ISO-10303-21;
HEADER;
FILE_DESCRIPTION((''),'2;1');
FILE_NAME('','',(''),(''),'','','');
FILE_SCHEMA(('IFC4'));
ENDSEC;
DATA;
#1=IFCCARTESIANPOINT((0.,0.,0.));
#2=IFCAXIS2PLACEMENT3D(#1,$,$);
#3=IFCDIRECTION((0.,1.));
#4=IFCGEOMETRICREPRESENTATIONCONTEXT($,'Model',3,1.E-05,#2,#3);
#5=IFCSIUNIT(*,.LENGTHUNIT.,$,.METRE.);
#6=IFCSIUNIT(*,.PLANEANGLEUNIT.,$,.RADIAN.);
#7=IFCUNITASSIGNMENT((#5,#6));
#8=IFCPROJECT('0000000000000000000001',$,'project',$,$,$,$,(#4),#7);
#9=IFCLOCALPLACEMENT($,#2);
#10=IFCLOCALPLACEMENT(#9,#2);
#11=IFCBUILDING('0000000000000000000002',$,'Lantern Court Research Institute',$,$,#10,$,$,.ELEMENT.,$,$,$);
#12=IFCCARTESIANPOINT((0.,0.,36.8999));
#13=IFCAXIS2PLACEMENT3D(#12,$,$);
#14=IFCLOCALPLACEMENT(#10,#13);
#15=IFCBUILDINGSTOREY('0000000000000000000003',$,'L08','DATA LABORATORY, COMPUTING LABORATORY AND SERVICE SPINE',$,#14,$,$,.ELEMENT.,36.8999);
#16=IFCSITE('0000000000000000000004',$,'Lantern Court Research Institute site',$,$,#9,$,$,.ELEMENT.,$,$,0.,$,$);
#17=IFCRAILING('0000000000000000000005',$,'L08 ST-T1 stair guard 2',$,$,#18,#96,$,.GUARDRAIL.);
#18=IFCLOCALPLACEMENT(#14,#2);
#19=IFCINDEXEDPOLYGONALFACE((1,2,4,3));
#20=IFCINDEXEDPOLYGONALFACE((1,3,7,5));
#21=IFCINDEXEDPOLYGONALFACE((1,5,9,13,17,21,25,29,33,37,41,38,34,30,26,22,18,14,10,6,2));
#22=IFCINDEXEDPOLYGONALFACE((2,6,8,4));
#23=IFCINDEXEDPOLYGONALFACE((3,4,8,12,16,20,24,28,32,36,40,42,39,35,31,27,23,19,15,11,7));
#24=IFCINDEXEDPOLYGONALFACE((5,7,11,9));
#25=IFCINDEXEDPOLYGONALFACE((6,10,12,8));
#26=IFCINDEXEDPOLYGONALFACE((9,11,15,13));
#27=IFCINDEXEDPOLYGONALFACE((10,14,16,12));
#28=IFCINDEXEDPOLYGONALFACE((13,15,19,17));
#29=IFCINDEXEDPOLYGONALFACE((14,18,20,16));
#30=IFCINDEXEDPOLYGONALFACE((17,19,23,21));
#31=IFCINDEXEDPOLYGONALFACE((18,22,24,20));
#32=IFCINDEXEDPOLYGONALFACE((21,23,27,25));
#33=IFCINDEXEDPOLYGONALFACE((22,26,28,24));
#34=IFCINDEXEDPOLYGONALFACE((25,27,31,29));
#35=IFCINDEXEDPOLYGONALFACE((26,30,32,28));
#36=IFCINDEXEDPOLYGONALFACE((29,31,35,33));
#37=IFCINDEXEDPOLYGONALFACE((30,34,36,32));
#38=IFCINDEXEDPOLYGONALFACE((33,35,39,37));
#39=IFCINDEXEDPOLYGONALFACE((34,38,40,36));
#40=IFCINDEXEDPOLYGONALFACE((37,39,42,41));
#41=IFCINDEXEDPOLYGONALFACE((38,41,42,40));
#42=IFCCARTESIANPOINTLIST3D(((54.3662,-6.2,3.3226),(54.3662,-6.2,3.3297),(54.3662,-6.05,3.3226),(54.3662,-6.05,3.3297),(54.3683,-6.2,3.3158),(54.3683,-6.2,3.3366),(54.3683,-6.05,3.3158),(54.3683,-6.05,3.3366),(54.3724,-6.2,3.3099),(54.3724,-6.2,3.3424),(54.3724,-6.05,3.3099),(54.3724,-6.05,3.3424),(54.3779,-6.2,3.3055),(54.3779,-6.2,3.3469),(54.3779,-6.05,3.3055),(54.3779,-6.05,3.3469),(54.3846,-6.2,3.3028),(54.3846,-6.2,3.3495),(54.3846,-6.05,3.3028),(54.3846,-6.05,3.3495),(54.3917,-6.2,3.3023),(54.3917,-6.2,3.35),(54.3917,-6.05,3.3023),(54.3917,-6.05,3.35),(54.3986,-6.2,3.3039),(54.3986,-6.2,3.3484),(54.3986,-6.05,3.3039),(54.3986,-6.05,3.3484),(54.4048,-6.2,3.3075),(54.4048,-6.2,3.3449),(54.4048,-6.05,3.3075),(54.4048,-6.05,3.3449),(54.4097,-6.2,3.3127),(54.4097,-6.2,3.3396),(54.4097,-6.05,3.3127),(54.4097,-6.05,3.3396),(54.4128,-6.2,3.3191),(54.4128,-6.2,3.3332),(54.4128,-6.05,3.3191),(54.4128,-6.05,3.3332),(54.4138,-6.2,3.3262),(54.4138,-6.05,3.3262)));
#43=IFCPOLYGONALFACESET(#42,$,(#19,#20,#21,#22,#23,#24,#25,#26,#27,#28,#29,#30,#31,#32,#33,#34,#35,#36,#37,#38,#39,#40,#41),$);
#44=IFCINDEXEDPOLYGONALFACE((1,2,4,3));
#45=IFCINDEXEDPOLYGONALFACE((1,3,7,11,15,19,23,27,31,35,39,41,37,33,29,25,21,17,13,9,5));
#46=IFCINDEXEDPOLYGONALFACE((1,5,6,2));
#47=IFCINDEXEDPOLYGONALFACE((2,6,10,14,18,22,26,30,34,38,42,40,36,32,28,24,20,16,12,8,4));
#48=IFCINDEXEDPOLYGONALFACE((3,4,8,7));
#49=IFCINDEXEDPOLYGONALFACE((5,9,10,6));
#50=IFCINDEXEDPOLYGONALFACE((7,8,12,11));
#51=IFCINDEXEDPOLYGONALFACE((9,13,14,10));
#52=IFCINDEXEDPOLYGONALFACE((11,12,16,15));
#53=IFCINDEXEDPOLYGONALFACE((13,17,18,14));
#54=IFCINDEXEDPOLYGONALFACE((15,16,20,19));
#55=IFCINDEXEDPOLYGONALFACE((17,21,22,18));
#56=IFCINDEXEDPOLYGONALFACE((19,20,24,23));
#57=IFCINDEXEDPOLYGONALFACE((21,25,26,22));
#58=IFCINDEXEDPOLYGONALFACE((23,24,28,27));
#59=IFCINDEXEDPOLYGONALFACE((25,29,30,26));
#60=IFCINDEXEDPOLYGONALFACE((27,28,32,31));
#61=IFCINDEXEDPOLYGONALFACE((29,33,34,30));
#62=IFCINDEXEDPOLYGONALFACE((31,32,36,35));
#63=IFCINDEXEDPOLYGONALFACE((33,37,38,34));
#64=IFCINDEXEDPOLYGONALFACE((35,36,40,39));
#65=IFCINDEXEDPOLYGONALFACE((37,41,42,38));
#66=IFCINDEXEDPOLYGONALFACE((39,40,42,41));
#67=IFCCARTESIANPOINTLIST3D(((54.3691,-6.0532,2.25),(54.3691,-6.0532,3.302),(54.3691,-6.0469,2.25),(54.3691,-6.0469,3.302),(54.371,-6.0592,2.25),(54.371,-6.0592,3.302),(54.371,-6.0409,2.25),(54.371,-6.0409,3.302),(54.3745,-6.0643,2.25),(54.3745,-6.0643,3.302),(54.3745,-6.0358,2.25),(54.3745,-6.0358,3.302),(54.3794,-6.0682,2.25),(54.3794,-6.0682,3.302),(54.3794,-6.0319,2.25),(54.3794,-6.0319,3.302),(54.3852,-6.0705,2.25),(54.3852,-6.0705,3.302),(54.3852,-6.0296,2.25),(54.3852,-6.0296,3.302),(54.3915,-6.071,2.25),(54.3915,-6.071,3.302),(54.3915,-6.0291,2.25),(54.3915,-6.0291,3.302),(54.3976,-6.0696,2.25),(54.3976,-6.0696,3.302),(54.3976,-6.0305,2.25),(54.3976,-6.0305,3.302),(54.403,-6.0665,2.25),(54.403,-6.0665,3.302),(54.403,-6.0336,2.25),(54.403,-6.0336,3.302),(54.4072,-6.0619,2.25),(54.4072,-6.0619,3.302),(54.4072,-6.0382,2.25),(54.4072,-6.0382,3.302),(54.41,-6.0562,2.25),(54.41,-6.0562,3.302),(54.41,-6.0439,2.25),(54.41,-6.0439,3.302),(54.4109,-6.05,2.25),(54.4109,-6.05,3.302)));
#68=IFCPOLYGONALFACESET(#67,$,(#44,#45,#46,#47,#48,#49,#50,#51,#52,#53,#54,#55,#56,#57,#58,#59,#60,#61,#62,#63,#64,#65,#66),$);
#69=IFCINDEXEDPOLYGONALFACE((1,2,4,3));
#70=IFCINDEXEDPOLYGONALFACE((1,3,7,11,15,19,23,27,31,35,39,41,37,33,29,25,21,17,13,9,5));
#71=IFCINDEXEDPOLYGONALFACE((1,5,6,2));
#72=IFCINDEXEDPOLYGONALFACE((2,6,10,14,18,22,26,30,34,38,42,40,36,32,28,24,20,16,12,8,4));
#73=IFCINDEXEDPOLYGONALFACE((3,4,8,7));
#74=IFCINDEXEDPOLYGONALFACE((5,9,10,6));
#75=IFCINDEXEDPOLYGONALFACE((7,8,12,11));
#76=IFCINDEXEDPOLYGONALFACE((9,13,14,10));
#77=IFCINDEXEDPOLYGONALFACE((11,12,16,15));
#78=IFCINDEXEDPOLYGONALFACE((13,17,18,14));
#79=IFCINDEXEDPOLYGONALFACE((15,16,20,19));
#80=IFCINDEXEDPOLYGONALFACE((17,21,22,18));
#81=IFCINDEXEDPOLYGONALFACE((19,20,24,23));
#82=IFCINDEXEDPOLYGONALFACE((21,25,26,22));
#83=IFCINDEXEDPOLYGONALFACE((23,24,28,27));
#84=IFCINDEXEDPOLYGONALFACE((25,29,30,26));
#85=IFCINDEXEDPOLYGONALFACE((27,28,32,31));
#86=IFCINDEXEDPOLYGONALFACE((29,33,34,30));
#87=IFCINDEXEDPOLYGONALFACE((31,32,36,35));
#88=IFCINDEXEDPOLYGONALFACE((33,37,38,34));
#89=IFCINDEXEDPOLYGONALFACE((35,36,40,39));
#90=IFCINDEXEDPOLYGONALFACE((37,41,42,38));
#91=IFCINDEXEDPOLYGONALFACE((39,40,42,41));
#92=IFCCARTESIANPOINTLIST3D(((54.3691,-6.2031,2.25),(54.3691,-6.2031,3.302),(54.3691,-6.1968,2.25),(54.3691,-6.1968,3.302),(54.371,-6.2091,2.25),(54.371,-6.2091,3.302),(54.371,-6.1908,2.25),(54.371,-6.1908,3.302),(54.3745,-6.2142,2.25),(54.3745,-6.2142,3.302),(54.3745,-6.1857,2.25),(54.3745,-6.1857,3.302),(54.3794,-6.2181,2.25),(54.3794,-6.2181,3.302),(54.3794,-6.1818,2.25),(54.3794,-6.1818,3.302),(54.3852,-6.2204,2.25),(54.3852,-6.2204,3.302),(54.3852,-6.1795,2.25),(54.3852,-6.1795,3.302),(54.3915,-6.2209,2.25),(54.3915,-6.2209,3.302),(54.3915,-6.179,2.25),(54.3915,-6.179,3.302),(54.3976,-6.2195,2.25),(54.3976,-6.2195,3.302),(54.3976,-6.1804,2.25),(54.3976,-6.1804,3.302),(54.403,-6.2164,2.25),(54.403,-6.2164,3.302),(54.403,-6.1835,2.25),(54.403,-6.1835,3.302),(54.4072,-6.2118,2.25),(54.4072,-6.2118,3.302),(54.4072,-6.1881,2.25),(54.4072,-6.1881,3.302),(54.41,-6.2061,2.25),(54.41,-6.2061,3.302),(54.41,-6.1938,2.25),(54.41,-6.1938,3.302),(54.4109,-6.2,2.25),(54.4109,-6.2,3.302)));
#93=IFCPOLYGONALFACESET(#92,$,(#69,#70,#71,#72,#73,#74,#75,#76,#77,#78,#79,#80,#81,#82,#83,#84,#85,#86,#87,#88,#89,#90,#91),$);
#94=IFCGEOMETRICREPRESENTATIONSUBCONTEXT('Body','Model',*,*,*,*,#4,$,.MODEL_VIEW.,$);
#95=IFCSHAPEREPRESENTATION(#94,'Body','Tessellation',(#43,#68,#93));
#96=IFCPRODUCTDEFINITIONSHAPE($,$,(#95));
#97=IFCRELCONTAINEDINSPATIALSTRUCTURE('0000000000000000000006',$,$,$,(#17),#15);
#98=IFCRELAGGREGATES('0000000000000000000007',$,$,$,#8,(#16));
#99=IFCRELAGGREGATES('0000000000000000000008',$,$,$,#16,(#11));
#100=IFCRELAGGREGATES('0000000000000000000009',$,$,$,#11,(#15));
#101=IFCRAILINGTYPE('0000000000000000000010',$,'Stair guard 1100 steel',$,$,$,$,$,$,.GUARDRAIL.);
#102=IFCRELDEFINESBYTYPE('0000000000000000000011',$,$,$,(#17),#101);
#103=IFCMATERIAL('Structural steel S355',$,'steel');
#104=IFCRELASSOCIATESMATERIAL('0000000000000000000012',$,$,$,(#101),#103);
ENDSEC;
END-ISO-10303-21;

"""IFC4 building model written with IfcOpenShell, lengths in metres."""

from ifc_helpers import new_model, si_unit, direction, frame, origin, origin_2d, place, context, subcontext, project, spatial, circle, extrude, material, type_object, element, save


model = new_model("IFC4")

# Units and contexts
model_context = context("Model", 3, precision=1e-05, world=origin(), true_north=direction((0.0, 1.0)))
body_context = subcontext(model_context, "Body", "Model", "MODEL_VIEW")
ifc_project = project(units=[si_unit("LENGTHUNIT", "METRE"), si_unit("PLANEANGLEUNIT", "RADIAN")], contexts=[model_context])

# Site, building, storey
site_placement = place(None, origin())
site = spatial("IfcSite", under=ifc_project, at=site_placement, Name="Lantern Court Research Institute site", CompositionType="ELEMENT", RefElevation=0.0)
building_placement = place(site_placement, origin())
building = spatial("IfcBuilding", under=site, at=building_placement, Name="Lantern Court Research Institute", CompositionType="ELEMENT")
storey_placement = place(building_placement, frame((0.0, 0.0, 36.8999)))
storey = spatial("IfcBuildingStorey", under=building, at=storey_placement, Name="L08", Description="DATA LABORATORY, COMPUTING LABORATORY AND SERVICE SPINE", CompositionType="ELEMENT", Elevation=36.8999)

# Railing
ifc_material_1 = material(Name="Structural steel S355", Category="steel")
railing_type_1 = type_object("IfcRailingType", Name="Stair guard 1100 steel", PredefinedType="GUARDRAIL", material=ifc_material_1)
railing_1_placement = place(storey_placement, frame((54.3899, -6.05, 2.25)))
element("IfcRailing", 1, at=railing_1_placement, inside=storey, type_object=railing_type_1, Name="L08 ST-T1 stair guard 2", PredefinedType="GUARDRAIL", context=body_context, shape_type="SweptSolid", body=[
    extrude(circle(Radius=0.0239, at=origin_2d()), frame((0.0, 0.0, 1.0762), z_axis=(0.0, -1.0, 0.0), x_axis=(1.0, 0.0, 0.0)), (0.0, 0.0, 1.0), 0.1499),
    extrude(circle(Radius=0.021, at=origin_2d()), origin(), (0.0, 0.0, 1.0), 1.052),
    extrude(circle(Radius=0.021, at=origin_2d()), frame((0.0, -0.1499, 0.0)), (0.0, 0.0, 1.0), 1.052),
])

save(model, "model.ifc")
